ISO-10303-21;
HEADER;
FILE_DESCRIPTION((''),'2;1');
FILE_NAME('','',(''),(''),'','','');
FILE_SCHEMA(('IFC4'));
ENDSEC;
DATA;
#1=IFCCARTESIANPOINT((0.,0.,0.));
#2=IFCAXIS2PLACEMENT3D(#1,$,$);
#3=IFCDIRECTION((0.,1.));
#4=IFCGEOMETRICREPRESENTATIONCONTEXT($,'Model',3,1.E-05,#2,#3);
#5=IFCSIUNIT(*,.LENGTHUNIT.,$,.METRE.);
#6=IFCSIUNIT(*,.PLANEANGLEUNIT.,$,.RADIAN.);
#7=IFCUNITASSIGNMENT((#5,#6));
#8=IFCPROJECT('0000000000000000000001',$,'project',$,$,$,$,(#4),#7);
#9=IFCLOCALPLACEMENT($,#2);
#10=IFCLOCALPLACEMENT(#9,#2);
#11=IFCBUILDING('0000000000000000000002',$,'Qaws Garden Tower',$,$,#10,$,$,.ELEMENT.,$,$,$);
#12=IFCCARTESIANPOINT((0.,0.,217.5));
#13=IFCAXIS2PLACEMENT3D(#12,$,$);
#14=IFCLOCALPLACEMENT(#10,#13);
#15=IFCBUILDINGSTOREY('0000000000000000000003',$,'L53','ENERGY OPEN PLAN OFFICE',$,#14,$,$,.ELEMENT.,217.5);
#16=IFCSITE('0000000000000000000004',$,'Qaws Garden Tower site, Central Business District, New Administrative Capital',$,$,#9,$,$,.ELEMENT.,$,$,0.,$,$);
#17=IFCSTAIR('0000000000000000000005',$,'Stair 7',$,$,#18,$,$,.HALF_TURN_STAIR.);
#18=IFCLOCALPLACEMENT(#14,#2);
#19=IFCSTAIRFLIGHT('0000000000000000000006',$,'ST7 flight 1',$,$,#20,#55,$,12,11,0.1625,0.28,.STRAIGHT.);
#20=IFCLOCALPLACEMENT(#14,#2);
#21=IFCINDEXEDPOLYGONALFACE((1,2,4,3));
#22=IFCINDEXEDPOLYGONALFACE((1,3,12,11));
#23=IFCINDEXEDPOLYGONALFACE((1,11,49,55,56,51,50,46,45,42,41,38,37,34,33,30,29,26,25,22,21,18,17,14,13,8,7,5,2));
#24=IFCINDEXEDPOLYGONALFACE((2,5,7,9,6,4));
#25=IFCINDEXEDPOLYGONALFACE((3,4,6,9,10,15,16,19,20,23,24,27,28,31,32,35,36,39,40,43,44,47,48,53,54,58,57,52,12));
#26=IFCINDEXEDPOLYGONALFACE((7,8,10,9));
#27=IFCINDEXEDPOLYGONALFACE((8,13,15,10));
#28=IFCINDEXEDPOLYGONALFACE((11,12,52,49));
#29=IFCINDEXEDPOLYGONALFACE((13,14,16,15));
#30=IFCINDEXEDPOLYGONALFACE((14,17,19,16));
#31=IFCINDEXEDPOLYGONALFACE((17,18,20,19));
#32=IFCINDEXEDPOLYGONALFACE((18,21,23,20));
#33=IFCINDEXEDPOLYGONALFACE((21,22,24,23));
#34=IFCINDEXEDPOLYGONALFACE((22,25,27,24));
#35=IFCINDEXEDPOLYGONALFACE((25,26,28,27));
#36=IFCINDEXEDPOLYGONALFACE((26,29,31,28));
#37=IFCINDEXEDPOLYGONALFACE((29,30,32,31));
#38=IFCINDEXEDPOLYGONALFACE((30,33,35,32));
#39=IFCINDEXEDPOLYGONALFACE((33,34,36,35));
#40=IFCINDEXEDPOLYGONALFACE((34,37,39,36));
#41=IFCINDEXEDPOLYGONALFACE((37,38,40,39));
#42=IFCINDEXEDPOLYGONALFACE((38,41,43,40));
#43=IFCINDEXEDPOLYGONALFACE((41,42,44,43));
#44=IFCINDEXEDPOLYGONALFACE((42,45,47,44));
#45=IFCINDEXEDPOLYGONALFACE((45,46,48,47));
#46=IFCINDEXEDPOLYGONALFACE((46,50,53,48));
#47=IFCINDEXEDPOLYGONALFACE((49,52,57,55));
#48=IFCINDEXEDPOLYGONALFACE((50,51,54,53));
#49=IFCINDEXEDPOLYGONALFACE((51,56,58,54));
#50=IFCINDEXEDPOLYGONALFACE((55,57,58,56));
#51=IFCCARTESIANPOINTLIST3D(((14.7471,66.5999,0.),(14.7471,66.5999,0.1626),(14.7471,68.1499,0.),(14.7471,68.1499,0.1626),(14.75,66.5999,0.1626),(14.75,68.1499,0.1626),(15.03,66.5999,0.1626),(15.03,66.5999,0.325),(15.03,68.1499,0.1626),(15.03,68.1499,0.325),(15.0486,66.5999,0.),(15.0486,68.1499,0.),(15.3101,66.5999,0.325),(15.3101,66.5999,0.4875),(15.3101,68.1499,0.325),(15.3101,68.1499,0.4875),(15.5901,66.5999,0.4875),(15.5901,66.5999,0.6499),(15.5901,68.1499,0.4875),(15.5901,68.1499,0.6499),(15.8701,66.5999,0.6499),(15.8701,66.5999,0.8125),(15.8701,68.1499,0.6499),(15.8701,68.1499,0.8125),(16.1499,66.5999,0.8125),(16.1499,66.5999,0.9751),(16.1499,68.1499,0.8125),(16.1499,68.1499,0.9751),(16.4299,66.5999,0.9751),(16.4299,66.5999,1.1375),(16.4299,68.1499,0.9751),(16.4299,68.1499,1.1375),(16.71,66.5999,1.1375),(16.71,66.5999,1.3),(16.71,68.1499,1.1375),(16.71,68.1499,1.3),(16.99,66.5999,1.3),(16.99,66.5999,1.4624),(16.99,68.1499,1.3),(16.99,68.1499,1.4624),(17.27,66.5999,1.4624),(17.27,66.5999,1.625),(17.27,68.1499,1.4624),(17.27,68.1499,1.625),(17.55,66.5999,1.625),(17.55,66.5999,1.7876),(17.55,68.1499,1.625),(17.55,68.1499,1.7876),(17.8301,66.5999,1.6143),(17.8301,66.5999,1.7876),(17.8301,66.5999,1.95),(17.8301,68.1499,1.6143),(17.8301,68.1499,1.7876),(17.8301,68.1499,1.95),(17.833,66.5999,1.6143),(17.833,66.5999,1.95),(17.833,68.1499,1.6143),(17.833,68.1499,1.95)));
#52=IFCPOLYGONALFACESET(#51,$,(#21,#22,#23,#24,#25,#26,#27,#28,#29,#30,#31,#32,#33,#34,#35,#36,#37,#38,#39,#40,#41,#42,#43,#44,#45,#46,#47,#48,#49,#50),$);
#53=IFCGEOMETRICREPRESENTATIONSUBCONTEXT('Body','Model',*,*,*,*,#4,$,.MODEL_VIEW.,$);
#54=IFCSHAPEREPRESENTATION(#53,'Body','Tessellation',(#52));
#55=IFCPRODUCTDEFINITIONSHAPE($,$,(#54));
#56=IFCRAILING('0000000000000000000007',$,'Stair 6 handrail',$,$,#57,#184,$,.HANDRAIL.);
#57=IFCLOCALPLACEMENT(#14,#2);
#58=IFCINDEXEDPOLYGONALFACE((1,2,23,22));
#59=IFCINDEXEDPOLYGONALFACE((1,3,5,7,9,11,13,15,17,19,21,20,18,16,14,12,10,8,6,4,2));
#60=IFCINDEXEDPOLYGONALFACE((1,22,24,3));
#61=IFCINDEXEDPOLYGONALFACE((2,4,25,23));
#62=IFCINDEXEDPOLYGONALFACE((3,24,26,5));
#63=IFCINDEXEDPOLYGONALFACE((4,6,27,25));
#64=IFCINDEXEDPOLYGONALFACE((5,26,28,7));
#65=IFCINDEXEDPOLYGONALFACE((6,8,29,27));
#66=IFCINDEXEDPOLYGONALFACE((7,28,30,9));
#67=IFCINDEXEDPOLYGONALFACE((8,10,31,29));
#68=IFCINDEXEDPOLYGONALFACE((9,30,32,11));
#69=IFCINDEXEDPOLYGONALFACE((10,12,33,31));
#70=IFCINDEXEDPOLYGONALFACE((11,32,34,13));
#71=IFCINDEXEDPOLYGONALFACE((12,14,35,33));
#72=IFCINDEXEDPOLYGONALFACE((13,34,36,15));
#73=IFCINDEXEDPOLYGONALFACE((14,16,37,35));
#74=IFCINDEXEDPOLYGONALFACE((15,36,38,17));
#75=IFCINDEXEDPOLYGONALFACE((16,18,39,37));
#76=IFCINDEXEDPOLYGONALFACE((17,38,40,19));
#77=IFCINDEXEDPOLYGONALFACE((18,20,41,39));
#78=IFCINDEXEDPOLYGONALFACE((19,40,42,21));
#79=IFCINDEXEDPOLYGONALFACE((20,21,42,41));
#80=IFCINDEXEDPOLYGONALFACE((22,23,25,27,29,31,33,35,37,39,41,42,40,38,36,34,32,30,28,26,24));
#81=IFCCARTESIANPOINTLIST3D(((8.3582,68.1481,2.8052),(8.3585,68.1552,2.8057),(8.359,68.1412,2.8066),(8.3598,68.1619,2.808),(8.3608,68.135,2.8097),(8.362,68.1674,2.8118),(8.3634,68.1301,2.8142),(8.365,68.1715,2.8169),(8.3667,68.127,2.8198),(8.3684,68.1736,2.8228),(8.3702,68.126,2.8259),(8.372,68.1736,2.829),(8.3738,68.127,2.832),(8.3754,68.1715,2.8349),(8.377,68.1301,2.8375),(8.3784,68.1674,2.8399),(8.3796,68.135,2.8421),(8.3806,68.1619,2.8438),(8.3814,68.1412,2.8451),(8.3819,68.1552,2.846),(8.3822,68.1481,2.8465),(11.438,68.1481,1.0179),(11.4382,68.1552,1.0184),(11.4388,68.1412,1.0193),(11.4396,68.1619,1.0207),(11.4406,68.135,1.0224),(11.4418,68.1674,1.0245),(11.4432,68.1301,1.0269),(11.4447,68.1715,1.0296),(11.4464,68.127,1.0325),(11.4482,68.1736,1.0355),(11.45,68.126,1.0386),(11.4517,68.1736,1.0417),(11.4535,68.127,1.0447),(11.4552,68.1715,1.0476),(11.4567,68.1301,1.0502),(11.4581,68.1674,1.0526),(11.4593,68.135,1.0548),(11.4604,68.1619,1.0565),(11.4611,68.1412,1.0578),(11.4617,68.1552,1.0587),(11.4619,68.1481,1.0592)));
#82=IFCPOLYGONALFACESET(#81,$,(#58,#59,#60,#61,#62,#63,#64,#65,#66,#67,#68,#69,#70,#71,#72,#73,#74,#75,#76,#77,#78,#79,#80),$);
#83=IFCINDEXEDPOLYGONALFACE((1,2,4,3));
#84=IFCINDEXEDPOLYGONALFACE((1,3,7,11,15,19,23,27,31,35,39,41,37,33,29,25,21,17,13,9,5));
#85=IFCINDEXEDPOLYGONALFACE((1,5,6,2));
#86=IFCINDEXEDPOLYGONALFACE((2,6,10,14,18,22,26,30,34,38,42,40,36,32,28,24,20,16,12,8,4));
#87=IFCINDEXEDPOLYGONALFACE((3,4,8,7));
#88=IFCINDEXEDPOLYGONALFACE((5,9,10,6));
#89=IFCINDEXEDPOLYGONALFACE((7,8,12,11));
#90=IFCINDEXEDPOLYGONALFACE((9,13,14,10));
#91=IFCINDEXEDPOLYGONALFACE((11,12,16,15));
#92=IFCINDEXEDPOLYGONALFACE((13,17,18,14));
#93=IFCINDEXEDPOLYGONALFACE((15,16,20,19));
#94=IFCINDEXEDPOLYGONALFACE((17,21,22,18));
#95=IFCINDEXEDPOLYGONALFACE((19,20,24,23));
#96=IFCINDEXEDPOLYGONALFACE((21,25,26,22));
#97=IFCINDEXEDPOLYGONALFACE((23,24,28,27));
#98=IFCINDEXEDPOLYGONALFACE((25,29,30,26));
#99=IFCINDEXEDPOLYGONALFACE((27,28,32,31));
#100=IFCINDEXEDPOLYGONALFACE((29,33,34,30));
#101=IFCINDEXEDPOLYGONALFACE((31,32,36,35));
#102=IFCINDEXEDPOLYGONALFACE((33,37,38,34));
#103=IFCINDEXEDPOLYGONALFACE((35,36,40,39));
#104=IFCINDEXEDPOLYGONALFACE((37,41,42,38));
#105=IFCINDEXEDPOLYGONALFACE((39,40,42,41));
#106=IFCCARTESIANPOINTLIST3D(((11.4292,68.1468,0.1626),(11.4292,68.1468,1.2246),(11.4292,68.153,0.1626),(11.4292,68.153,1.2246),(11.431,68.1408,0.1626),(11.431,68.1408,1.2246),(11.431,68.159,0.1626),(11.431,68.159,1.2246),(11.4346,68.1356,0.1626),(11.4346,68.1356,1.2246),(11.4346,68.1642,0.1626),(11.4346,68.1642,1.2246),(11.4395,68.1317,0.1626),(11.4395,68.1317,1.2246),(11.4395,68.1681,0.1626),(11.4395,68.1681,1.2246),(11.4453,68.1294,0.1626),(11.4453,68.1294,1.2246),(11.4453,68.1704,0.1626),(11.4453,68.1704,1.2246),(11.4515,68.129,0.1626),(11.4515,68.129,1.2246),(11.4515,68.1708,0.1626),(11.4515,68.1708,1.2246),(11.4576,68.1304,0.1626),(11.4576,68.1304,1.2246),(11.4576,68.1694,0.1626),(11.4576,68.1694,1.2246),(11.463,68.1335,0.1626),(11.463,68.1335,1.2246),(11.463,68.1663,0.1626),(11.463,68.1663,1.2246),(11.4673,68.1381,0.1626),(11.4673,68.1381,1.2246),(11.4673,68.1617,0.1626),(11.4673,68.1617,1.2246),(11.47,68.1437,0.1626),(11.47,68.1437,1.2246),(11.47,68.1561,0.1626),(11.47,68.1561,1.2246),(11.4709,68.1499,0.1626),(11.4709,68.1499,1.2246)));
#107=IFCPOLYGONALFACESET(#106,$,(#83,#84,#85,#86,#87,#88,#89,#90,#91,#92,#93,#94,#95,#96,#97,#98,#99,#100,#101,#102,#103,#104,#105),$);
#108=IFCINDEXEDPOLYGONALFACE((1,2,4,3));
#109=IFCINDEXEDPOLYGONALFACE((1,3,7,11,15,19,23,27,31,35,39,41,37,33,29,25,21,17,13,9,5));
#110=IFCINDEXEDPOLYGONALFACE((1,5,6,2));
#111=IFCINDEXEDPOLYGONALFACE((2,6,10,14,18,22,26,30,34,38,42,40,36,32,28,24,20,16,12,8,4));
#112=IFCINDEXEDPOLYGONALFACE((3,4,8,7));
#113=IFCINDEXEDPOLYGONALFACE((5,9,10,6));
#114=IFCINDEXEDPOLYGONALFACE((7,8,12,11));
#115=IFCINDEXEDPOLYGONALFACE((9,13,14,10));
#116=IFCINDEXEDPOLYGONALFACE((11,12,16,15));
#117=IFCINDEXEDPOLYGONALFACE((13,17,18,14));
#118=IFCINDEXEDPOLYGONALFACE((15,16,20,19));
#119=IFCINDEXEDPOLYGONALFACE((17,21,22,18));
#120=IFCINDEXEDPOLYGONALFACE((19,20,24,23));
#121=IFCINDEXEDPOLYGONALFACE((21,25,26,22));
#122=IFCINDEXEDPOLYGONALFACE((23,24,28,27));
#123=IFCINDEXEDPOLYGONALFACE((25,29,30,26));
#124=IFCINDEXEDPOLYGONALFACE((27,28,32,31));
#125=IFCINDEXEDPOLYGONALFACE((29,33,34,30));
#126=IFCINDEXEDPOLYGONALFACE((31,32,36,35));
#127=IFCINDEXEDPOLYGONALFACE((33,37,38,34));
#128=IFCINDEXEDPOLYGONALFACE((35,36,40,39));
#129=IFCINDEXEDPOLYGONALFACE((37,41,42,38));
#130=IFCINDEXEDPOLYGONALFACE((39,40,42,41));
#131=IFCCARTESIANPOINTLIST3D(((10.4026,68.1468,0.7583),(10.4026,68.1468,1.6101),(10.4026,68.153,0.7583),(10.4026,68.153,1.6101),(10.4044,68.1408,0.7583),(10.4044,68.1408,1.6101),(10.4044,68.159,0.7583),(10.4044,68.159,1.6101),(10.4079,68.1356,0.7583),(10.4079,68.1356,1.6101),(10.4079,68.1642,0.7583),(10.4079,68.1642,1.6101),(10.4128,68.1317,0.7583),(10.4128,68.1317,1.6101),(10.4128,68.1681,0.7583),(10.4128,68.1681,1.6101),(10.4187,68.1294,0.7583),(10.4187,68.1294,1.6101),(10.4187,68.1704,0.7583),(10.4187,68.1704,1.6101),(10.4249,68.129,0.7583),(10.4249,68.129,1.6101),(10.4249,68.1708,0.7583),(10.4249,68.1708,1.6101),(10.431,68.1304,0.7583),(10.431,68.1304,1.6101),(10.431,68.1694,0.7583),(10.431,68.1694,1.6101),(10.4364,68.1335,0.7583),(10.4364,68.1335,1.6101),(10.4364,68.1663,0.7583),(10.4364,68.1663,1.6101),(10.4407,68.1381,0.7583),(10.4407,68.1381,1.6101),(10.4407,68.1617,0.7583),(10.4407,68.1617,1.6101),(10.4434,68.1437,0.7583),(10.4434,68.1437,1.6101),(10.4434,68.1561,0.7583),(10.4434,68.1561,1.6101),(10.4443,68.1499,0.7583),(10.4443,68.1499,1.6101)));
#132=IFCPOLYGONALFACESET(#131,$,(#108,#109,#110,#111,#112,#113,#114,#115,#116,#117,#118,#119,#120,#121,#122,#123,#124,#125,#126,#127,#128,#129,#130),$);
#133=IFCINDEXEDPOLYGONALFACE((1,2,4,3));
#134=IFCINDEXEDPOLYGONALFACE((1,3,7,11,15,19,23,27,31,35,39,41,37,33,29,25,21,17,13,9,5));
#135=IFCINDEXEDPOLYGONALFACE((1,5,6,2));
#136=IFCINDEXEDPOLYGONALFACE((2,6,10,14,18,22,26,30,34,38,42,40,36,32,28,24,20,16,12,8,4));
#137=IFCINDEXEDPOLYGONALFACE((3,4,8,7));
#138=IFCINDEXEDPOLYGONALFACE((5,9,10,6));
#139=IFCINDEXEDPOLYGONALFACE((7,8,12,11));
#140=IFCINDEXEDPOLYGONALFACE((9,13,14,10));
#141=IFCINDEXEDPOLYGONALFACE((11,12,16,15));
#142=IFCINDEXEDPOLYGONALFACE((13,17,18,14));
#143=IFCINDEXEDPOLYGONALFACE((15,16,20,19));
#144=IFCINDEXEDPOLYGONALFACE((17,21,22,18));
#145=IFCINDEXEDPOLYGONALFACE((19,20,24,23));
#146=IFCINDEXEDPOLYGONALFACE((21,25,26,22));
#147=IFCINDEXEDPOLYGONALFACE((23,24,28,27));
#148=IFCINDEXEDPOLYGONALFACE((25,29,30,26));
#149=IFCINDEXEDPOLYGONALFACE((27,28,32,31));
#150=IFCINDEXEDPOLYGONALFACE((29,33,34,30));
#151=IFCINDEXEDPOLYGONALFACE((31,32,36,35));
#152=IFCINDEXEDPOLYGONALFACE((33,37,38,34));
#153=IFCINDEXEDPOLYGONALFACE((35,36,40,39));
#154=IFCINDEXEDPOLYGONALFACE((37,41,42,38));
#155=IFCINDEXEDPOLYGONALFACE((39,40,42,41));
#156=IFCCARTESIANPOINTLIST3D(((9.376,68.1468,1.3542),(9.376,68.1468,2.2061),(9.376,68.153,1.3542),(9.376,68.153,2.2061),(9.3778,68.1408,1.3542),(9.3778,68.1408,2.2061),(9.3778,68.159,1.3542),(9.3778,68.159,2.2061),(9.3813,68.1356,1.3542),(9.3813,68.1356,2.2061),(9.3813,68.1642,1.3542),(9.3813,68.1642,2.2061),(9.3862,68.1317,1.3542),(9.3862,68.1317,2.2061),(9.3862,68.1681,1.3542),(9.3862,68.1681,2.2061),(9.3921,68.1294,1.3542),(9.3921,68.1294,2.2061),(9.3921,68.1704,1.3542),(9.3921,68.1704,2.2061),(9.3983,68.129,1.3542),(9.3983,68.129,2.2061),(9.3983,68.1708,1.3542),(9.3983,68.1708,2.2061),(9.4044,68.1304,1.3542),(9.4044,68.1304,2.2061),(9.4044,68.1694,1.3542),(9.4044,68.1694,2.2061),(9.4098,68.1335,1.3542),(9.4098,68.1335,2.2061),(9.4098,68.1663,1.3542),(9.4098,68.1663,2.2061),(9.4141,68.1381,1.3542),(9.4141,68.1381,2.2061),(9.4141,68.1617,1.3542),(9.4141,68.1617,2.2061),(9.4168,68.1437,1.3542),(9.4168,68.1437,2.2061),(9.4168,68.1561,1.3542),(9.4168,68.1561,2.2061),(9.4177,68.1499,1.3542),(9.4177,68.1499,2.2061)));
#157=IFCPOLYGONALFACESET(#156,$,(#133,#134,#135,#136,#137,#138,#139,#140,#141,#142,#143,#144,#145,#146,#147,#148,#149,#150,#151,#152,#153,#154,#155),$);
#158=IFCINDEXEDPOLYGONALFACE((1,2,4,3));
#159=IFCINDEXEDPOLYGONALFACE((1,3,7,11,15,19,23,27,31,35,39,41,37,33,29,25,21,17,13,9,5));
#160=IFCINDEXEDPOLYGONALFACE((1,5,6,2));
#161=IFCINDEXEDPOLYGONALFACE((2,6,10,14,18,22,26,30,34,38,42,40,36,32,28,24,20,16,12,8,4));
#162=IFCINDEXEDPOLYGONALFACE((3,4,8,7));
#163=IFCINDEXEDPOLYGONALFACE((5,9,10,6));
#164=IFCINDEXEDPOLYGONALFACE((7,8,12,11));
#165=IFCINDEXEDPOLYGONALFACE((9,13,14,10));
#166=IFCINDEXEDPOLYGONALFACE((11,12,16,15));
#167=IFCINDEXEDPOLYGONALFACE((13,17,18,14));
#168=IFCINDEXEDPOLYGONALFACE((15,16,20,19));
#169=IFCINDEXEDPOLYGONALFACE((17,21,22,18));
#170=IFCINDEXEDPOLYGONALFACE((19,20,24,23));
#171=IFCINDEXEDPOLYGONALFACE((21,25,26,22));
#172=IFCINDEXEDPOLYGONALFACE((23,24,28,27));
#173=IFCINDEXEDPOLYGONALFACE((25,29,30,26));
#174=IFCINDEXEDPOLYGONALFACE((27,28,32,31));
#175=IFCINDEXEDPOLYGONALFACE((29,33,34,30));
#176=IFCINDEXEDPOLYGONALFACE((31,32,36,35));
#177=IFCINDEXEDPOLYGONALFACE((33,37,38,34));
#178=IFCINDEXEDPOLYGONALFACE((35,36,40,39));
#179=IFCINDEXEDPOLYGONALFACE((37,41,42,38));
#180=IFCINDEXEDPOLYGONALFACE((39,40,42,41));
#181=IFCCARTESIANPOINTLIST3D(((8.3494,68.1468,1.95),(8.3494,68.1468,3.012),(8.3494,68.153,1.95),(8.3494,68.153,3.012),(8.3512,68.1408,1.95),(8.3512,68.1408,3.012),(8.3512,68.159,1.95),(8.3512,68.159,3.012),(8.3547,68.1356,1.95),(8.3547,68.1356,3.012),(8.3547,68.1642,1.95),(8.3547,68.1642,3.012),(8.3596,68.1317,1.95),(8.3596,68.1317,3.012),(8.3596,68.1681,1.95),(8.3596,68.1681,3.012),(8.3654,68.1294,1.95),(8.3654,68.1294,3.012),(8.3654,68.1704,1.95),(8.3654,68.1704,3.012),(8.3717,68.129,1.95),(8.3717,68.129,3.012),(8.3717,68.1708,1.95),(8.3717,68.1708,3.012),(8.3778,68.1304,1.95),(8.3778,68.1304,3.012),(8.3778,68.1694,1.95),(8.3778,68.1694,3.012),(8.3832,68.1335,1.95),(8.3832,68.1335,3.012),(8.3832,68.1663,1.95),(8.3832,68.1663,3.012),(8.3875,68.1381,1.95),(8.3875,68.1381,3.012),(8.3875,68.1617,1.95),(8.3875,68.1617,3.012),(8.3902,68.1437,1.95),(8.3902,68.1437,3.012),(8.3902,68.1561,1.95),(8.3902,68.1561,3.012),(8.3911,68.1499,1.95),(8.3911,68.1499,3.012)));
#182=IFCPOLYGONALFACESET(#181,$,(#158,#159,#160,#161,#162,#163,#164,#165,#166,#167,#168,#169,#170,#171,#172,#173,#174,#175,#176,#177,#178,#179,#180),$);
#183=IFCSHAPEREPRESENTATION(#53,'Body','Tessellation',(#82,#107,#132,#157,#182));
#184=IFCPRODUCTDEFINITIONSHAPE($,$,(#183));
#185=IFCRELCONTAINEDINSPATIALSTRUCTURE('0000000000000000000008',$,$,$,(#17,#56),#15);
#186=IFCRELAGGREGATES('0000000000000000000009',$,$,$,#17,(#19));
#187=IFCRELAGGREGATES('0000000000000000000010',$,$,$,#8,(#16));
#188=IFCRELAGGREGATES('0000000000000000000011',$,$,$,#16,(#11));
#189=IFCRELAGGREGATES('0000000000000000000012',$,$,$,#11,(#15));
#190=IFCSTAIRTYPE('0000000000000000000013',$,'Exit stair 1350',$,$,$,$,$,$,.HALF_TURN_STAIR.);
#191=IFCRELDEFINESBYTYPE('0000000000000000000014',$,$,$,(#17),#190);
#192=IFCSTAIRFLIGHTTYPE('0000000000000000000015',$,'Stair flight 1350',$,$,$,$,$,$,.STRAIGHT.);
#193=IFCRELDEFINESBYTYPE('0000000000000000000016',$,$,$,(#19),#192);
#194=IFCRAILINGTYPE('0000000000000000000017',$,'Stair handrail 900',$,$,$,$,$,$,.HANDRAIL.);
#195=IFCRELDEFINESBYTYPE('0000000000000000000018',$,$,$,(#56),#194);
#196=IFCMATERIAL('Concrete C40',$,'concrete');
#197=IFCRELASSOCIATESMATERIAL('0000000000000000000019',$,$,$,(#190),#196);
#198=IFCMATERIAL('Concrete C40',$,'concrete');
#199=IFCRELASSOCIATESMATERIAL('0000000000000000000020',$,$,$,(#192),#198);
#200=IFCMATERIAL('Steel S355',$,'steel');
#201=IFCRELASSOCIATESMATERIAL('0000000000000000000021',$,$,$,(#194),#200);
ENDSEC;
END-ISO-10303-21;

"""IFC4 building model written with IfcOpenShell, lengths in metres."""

from ifc_helpers import new_model, si_unit, direction, frame, origin, origin_2d, place, context, subcontext, project, spatial, polyline, circle, outline, extrude, material, type_object, element, aggregate, save


model = new_model("IFC4")

# Units and contexts
model_context = context("Model", 3, precision=1e-05, world=origin(), true_north=direction((0.0, 1.0)))
body_context = subcontext(model_context, "Body", "Model", "MODEL_VIEW")
ifc_project = project(units=[si_unit("LENGTHUNIT", "METRE"), si_unit("PLANEANGLEUNIT", "RADIAN")], contexts=[model_context])

# Site, building, storey
site_placement = place(None, origin())
site = spatial("IfcSite", under=ifc_project, at=site_placement, Name="Qaws Garden Tower site, Central Business District, New Administrative Capital", CompositionType="ELEMENT", RefElevation=0.0)
building_placement = place(site_placement, origin())
building = spatial("IfcBuilding", under=site, at=building_placement, Name="Qaws Garden Tower", CompositionType="ELEMENT")
storey_placement = place(building_placement, frame((0.0, 0.0, 217.5)))
storey = spatial("IfcBuildingStorey", under=building, at=storey_placement, Name="L53", Description="ENERGY OPEN PLAN OFFICE", CompositionType="ELEMENT", Elevation=217.5)

# Shared definitions
ifc_material_1 = material(Name="Concrete C40", Category="concrete")
stair_type = type_object("IfcStairType", Name="Exit stair 1350", PredefinedType="HALF_TURN_STAIR", material=ifc_material_1)
placement = place(storey_placement, origin())
ifc_material_2 = material(Name="Concrete C40", Category="concrete")
stair_flight_type = type_object("IfcStairFlightType", Name="Stair flight 1350", PredefinedType="STRAIGHT", material=ifc_material_2)

# Stair, stair flight
stair_1 = element("IfcStair", 1, at=placement, inside=storey, type_object=stair_type, Name="Stair 7", PredefinedType="HALF_TURN_STAIR")
stair_flight_1_placement = place(storey_placement, frame((14.75, 67.375, 0.0), z_axis=(0.0, 0.0, 1.0), x_axis=(1.0, 0.0, 0.0)))
stair_flight_1 = element("IfcStairFlight", 2, at=stair_flight_1_placement, type_object=stair_flight_type, Name="ST7 flight 1", NumberOfRisers=12, NumberOfTreads=11, PredefinedType="STRAIGHT", RiserHeight=0.1625, TreadLength=0.28, context=body_context, shape_type="SweptSolid", body=[
    extrude(outline(polyline([(-0.0029, 0.0), (-0.0029, 0.1626), (0.0, 0.1626), (0.28, 0.1626), (0.28, 0.325), (0.5601, 0.325), (0.5601, 0.4875), (0.8401, 0.4875), (0.8401, 0.6499), (1.1201, 0.6499), (1.1201, 0.8125), (1.3999, 0.8125), (1.3999, 0.9751), (1.6799, 0.9751), (1.6799, 1.1375), (1.96, 1.1375), (1.96, 1.3), (2.24, 1.3), (2.24, 1.4624), (2.52, 1.4624), (2.52, 1.625), (2.8, 1.625), (2.8, 1.7876), (3.0801, 1.7876), (3.0801, 1.95), (3.083, 1.95), (3.083, 1.6143), (3.0801, 1.6143), (0.2986, 0.0), (-0.0029, 0.0)])), frame((0.0, 0.7749, 0.0), z_axis=(0.0, -1.0, 0.0), x_axis=(1.0, 0.0, 0.0)), (0.0, 0.0, 1.0), 1.55),
])
aggregate(stair_1, [stair_flight_1])

# Railing
ifc_material_3 = material(Name="Steel S355", Category="steel")
railing_type = type_object("IfcRailingType", Name="Stair handrail 900", PredefinedType="HANDRAIL", material=ifc_material_3)
railing_1_placement = place(storey_placement, frame((11.45, 68.1499, 0.1626)))
element("IfcRailing", 3, at=railing_1_placement, inside=storey, type_object=railing_type, Name="Stair 6 handrail", PredefinedType="HANDRAIL", context=body_context, shape_type="SweptSolid", body=[
    extrude(circle(Radius=0.0239, at=origin_2d()), frame((0.0, 0.0, 0.876), z_axis=(-0.864903, 0.0, 0.501939), x_axis=(0.0, -1.0, 0.0)), (0.0, 0.0, 1.0), 3.5608),
    extrude(circle(Radius=0.021, at=origin_2d()), origin(), (0.0, 0.0, 1.0), 1.062),
    extrude(circle(Radius=0.021, at=origin_2d()), frame((-1.0266, 0.0, 0.5957)), (0.0, 0.0, 1.0), 0.8518),
    extrude(circle(Radius=0.021, at=origin_2d()), frame((-2.0532, 0.0, 1.1917)), (0.0, 0.0, 1.0), 0.8518),
    extrude(circle(Radius=0.021, at=origin_2d()), frame((-3.0798, 0.0, 1.7874)), (0.0, 0.0, 1.0), 1.062),
])

save(model, "model.ifc")
